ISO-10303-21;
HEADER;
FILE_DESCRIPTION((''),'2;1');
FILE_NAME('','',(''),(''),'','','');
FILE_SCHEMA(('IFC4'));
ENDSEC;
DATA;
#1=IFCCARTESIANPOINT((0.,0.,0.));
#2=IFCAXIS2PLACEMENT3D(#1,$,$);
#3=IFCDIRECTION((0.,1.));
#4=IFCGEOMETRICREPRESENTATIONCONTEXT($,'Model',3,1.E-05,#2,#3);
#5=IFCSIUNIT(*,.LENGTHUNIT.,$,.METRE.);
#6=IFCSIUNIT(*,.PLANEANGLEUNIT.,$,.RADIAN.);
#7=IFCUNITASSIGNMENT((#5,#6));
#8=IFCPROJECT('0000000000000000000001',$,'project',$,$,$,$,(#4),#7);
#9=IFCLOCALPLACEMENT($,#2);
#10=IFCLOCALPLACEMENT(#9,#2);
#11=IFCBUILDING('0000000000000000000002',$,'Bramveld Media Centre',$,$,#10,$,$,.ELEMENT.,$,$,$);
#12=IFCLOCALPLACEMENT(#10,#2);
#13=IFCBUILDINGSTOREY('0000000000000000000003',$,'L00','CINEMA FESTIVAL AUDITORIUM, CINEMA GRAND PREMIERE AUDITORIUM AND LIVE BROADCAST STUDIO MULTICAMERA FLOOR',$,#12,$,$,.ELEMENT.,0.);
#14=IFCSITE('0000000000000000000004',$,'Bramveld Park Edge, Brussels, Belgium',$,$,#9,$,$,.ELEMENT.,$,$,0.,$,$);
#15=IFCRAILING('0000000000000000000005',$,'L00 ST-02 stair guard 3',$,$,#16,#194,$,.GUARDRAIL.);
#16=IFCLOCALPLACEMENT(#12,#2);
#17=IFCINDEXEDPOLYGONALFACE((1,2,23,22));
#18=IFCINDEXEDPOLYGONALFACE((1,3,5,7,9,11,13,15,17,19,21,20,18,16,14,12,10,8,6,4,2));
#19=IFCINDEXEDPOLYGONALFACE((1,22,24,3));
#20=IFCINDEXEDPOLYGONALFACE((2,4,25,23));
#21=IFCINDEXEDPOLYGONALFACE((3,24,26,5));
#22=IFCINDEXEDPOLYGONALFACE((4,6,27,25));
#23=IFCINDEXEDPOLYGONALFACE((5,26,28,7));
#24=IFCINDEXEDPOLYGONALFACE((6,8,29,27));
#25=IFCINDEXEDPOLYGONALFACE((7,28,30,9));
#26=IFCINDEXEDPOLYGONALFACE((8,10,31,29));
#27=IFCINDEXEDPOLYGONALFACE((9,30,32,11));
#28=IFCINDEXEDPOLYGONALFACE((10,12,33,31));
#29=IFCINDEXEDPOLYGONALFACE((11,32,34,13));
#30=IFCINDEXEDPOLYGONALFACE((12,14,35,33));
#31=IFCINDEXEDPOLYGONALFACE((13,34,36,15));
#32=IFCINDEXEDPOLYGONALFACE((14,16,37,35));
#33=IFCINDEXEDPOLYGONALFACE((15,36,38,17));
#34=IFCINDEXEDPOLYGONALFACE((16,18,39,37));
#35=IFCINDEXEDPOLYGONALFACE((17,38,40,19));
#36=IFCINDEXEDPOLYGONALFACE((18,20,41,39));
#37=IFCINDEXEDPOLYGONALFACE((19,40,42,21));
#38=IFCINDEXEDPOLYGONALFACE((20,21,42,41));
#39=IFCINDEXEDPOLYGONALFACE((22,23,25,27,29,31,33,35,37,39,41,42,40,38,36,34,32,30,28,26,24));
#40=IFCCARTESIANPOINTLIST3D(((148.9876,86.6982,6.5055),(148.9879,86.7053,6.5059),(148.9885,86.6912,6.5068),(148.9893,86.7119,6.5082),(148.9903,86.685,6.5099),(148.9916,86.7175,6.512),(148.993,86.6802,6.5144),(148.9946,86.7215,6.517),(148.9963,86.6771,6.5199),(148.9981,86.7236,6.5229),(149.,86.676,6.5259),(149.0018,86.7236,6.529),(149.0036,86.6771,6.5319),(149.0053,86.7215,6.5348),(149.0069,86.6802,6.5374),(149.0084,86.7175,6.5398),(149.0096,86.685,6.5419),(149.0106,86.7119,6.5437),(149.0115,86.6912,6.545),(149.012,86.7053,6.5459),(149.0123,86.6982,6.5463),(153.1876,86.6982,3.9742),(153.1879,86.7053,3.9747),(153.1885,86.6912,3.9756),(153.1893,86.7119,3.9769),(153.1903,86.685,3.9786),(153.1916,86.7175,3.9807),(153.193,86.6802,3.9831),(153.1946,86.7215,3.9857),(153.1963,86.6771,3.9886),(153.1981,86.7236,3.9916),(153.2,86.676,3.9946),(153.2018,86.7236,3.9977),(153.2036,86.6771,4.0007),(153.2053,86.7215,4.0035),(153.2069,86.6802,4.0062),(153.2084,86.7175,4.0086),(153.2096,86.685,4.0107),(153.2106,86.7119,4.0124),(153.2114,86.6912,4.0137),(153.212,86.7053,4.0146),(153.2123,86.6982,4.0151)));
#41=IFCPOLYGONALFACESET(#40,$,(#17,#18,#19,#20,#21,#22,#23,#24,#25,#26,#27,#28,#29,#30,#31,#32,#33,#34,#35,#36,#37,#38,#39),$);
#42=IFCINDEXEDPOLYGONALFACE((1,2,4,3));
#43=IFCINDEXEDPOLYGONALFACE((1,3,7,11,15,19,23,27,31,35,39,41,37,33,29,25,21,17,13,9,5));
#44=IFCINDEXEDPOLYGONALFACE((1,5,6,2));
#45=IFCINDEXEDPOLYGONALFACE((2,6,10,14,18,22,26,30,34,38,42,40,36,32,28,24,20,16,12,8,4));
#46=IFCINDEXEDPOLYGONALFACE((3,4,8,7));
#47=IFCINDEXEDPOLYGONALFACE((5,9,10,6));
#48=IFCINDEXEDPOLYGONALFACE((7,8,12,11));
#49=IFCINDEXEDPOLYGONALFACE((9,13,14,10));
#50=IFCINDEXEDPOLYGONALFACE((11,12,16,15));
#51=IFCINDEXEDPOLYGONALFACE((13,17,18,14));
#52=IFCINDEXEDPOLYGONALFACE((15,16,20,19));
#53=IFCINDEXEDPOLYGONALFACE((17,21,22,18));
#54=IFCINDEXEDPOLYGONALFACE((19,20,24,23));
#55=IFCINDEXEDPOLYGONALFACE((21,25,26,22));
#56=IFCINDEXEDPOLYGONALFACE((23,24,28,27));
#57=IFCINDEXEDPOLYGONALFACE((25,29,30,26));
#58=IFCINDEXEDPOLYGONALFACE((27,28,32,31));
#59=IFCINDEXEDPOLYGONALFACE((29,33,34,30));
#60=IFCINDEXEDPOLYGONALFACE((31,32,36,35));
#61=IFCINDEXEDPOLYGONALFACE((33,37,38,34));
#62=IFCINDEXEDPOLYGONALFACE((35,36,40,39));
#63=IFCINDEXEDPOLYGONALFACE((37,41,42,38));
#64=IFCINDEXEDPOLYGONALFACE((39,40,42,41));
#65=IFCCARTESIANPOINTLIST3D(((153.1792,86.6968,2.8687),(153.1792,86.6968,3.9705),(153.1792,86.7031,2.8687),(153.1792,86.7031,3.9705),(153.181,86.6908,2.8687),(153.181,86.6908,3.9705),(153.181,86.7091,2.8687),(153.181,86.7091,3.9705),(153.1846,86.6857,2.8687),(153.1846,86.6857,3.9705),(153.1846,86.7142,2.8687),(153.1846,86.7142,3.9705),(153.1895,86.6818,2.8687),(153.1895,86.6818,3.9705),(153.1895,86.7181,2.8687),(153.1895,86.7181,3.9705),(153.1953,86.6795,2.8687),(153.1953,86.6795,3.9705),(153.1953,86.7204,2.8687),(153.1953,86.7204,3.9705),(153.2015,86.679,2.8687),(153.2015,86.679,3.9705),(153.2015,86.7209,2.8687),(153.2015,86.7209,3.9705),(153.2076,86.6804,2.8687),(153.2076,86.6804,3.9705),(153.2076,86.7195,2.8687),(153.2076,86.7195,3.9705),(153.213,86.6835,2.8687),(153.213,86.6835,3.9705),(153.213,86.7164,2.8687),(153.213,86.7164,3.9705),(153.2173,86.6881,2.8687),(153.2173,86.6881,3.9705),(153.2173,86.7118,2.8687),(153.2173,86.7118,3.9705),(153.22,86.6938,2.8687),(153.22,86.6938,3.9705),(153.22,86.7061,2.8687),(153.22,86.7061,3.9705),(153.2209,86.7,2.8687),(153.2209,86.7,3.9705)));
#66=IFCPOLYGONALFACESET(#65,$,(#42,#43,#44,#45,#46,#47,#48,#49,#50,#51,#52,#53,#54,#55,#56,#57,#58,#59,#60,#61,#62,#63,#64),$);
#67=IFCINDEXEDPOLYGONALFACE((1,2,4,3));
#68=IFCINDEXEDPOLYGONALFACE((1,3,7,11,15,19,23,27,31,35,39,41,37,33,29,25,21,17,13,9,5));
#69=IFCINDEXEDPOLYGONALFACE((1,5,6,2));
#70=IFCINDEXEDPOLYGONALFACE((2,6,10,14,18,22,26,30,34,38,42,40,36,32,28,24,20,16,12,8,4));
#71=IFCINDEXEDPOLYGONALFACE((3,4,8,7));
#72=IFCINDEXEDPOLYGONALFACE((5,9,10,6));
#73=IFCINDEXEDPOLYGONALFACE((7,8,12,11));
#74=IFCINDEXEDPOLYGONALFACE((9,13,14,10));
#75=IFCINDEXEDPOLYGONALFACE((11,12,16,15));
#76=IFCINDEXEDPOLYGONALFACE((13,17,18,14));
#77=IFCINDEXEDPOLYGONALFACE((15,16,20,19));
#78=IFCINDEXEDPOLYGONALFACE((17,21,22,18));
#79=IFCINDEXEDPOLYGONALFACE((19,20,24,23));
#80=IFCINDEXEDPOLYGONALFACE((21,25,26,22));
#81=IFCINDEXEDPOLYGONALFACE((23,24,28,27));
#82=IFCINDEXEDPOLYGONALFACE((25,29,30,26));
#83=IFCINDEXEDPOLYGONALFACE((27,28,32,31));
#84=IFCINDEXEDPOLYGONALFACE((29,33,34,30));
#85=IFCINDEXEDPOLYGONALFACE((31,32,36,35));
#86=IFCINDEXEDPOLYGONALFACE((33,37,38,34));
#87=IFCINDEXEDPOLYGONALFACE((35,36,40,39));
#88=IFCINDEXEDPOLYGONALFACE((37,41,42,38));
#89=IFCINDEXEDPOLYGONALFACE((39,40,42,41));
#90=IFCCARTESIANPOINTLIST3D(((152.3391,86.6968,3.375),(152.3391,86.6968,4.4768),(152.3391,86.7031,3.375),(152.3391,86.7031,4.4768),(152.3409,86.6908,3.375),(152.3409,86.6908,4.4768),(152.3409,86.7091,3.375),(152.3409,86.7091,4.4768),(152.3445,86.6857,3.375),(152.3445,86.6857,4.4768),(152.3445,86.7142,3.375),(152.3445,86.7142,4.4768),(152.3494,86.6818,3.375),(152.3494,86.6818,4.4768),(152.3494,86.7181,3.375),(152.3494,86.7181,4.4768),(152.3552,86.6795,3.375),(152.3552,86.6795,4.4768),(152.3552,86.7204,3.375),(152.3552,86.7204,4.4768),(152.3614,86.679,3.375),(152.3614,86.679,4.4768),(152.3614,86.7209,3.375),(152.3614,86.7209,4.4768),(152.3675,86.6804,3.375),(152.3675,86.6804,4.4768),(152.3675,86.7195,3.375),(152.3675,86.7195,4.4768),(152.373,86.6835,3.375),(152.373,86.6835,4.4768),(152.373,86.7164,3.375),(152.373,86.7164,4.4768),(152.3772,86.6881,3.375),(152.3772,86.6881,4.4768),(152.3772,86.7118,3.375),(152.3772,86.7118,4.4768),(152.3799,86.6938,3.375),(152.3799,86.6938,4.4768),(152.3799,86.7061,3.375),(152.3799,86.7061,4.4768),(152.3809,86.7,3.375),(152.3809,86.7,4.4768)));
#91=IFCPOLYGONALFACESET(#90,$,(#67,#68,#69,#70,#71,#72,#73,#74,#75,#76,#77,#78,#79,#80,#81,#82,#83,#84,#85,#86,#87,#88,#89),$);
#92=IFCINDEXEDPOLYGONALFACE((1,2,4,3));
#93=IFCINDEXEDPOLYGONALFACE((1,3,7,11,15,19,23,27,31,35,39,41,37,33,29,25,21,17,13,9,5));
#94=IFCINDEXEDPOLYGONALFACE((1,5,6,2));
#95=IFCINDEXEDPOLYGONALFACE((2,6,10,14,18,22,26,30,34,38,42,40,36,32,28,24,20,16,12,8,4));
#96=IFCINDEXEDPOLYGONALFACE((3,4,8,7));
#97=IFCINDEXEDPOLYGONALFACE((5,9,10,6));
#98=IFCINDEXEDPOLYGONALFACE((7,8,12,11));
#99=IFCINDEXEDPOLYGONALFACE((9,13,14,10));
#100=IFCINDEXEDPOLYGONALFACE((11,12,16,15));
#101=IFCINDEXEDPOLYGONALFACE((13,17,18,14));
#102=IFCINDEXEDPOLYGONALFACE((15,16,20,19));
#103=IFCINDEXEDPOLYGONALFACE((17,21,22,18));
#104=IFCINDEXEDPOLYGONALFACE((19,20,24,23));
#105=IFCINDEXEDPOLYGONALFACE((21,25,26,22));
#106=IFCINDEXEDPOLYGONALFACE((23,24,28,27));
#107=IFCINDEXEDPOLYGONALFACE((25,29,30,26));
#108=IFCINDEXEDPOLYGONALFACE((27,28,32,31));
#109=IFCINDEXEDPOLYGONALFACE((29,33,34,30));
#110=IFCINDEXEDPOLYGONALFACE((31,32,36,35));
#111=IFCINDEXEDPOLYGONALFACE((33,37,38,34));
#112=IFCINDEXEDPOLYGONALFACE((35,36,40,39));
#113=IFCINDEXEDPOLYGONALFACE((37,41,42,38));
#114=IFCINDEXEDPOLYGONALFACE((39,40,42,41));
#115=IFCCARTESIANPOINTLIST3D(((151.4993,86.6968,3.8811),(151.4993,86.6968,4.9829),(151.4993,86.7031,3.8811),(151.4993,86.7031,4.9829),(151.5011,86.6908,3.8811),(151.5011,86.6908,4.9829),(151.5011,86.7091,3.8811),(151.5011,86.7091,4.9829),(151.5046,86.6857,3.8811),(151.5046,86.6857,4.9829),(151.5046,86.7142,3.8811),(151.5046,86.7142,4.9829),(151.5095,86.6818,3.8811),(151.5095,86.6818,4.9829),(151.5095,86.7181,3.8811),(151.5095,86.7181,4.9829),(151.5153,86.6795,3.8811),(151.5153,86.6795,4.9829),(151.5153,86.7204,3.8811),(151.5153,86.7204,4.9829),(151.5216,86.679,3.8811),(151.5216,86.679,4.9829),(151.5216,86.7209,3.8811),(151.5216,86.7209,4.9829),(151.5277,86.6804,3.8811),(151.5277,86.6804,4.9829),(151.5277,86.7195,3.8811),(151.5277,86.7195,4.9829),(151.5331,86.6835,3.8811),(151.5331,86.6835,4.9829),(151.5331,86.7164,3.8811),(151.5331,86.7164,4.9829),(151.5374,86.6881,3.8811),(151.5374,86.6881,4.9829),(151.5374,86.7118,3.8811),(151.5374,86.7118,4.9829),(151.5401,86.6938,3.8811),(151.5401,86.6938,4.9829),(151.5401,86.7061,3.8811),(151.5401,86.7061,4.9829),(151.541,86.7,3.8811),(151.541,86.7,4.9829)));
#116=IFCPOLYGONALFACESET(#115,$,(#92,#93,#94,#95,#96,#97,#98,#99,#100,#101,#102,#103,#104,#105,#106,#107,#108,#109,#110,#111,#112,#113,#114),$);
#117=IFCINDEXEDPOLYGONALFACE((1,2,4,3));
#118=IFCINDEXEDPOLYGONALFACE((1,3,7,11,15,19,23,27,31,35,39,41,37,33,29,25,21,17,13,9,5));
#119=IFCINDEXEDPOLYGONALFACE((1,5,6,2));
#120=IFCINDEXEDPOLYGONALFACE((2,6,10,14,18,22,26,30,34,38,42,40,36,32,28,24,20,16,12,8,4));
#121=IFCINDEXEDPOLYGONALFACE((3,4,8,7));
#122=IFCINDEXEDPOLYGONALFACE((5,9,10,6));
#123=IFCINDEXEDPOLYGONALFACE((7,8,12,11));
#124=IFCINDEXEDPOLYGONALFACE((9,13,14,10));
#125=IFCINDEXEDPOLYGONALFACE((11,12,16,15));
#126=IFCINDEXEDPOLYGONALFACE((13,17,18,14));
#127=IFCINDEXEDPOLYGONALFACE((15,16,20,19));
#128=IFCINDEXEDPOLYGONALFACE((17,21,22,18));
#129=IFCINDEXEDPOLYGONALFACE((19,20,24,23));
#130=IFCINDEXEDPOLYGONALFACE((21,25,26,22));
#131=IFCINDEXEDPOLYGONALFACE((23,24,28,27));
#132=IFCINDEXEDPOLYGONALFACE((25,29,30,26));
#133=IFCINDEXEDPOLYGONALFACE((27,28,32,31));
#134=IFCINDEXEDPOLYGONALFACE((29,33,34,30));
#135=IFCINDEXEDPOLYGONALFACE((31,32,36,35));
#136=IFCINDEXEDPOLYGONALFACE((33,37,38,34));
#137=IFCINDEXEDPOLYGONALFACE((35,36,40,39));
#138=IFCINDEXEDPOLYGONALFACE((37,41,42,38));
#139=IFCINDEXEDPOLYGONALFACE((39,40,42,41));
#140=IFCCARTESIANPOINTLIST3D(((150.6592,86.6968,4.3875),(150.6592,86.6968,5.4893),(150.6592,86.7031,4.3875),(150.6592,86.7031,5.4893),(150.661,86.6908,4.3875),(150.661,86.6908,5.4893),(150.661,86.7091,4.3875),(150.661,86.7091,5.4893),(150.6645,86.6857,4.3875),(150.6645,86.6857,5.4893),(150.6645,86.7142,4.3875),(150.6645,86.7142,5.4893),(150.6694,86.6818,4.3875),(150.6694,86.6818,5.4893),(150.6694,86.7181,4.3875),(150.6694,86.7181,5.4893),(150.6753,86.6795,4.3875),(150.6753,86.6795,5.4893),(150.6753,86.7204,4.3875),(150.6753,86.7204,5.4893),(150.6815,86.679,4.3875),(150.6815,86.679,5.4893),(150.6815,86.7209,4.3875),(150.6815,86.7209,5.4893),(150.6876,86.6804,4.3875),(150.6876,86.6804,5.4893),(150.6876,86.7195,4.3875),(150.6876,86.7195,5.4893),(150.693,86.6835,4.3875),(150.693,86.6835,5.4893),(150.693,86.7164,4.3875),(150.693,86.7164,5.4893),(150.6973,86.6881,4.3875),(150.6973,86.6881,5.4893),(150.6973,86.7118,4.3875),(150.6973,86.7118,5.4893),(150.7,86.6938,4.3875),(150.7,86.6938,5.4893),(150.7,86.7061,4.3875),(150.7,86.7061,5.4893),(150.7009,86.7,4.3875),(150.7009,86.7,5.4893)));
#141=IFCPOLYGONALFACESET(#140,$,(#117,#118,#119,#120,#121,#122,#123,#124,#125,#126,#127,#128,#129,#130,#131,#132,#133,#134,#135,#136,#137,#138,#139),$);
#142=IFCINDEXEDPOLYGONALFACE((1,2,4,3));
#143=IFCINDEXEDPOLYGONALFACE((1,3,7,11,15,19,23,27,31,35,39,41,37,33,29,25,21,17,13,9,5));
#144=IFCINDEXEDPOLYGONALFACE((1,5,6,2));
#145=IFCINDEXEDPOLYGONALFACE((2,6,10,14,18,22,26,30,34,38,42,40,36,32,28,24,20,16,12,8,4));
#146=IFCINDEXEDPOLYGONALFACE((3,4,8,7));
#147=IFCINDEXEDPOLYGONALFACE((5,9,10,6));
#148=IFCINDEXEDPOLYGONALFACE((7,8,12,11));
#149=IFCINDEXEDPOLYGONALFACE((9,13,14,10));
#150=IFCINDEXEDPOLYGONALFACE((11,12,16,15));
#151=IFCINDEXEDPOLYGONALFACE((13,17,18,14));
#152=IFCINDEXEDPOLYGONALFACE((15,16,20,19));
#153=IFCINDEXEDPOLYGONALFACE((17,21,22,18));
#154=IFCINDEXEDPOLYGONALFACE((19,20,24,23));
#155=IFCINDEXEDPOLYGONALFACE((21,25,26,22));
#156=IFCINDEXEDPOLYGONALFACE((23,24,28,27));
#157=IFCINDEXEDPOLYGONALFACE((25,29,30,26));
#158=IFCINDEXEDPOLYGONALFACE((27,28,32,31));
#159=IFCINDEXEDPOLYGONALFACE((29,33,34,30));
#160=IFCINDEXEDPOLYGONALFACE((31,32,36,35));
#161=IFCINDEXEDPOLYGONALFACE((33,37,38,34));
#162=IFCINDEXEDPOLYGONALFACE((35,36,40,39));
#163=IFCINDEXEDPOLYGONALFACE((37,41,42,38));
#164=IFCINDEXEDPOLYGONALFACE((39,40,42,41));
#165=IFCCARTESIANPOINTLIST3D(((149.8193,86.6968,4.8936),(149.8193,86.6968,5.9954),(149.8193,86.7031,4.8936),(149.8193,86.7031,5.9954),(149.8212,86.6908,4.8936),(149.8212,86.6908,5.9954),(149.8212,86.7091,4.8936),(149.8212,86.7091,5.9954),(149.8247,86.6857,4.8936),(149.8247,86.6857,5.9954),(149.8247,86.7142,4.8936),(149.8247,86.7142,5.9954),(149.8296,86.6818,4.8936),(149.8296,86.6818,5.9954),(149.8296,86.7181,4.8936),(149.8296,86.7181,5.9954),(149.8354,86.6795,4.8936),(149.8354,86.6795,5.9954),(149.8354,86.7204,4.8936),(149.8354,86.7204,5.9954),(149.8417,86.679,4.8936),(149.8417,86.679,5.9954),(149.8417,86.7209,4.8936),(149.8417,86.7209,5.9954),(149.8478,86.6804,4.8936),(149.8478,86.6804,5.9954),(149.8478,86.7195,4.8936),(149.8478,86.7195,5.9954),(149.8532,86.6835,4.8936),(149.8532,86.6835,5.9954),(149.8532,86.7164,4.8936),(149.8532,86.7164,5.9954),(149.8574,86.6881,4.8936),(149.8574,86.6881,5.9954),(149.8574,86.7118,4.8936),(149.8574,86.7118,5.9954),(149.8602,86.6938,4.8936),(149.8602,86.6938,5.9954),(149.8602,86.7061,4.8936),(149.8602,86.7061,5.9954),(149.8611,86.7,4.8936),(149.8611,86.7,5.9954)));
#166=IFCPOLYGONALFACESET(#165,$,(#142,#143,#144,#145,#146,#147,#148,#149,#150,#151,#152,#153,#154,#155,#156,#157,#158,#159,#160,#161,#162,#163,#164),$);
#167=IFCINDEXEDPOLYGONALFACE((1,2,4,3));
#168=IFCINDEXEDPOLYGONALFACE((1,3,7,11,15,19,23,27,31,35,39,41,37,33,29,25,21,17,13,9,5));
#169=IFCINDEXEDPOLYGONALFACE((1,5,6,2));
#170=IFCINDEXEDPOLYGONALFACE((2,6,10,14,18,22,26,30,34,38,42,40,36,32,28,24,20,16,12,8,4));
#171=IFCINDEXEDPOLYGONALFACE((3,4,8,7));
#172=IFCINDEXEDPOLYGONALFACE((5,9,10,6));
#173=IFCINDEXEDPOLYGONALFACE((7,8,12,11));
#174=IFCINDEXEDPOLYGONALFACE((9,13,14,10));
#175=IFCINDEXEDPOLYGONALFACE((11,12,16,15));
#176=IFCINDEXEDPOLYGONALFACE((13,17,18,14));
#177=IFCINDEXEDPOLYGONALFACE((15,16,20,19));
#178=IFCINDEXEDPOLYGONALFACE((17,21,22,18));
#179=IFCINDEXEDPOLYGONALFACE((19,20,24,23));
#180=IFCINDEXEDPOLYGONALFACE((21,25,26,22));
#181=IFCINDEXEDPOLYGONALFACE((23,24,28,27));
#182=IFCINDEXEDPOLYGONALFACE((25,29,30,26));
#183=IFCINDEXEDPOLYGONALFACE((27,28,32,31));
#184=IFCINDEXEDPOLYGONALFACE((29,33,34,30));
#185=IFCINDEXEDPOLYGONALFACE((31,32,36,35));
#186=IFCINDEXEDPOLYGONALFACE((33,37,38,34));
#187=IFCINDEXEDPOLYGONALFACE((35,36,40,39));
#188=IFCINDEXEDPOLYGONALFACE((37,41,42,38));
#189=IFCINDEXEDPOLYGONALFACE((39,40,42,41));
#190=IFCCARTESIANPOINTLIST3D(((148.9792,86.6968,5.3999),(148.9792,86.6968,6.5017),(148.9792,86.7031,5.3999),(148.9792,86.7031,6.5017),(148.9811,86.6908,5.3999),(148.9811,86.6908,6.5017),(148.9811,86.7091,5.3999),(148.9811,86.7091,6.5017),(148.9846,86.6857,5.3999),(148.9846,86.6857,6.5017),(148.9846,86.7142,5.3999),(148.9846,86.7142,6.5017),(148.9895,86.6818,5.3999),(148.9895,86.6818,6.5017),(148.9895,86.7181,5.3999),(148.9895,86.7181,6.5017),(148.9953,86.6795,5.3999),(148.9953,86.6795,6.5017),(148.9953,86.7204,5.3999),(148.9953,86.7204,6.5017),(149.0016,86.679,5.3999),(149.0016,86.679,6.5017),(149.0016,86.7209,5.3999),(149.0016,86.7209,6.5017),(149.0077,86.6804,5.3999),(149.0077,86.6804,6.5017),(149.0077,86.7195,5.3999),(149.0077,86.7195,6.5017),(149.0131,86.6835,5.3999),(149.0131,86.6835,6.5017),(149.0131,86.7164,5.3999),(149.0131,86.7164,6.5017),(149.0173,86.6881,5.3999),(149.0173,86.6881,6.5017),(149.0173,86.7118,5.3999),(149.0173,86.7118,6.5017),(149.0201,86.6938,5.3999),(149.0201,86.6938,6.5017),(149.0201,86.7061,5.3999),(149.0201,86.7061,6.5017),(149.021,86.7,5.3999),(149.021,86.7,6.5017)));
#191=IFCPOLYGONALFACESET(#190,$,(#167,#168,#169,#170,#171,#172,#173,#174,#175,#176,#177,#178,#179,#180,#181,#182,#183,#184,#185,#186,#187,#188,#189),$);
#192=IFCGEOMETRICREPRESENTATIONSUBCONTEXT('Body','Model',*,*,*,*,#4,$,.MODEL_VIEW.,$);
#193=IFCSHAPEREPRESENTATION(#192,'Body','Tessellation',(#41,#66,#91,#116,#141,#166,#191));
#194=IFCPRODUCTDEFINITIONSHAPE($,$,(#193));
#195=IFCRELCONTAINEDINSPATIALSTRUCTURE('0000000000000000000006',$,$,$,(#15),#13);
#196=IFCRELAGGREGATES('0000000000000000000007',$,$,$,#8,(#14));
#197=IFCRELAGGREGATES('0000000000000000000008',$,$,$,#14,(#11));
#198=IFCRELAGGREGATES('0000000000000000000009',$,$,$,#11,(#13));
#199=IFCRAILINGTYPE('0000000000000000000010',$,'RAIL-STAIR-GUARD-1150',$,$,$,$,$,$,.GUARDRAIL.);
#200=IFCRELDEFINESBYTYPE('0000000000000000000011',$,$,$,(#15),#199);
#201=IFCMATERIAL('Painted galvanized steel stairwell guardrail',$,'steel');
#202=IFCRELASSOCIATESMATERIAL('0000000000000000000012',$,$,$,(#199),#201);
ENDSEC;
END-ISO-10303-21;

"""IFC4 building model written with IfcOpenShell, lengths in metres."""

from ifc_helpers import new_model, si_unit, direction, frame, origin, origin_2d, place, context, subcontext, project, spatial, circle, extrude, material, type_object, element, save


model = new_model("IFC4")

# Units and contexts
model_context = context("Model", 3, precision=1e-05, world=origin(), true_north=direction((0.0, 1.0)))
body_context = subcontext(model_context, "Body", "Model", "MODEL_VIEW")
ifc_project = project(units=[si_unit("LENGTHUNIT", "METRE"), si_unit("PLANEANGLEUNIT", "RADIAN")], contexts=[model_context])

# Site, building, storey
site_placement = place(None, origin())
site = spatial("IfcSite", under=ifc_project, at=site_placement, Name="Bramveld Park Edge, Brussels, Belgium", CompositionType="ELEMENT", RefElevation=0.0)
building_placement = place(site_placement, origin())
building = spatial("IfcBuilding", under=site, at=building_placement, Name="Bramveld Media Centre", CompositionType="ELEMENT")
storey_placement = place(building_placement, origin())
storey = spatial("IfcBuildingStorey", under=building, at=storey_placement, Name="L00", Description="CINEMA FESTIVAL AUDITORIUM, CINEMA GRAND PREMIERE AUDITORIUM AND LIVE BROADCAST STUDIO MULTICAMERA FLOOR", CompositionType="ELEMENT", Elevation=0.0)

# Railing
ifc_material_1 = material(Name="Painted galvanized steel stairwell guardrail", Category="steel")
railing_type_1 = type_object("IfcRailingType", Name="RAIL-STAIR-GUARD-1150", PredefinedType="GUARDRAIL", material=ifc_material_1)
railing_1_placement = place(storey_placement, frame((153.2, 86.7, 2.8687)))
element("IfcRailing", 1, at=railing_1_placement, inside=storey, type_object=railing_type_1, Name="L00 ST-02 stair guard 3", PredefinedType="GUARDRAIL", context=body_context, shape_type="SweptSolid", body=[
    extrude(circle(Radius=0.0239, at=origin_2d()), frame((0.0, 0.0, 1.126), z_axis=(-0.856476, 0.0, 0.516186), x_axis=(0.0, -1.0, 0.0)), (0.0, 0.0, 1.0), 4.9038),
    extrude(circle(Radius=0.021, at=origin_2d()), origin(), (0.0, 0.0, 1.0), 1.1018),
    extrude(circle(Radius=0.021, at=origin_2d()), frame((-0.8401, 0.0, 0.5063)), (0.0, 0.0, 1.0), 1.1018),
    extrude(circle(Radius=0.021, at=origin_2d()), frame((-1.6799, 0.0, 1.0125)), (0.0, 0.0, 1.0), 1.1018),
    extrude(circle(Radius=0.021, at=origin_2d()), frame((-2.52, 0.0, 1.5188)), (0.0, 0.0, 1.0), 1.1018),
    extrude(circle(Radius=0.021, at=origin_2d()), frame((-3.3599, 0.0, 2.0249)), (0.0, 0.0, 1.0), 1.1018),
    extrude(circle(Radius=0.021, at=origin_2d()), frame((-4.2, 0.0, 2.5312)), (0.0, 0.0, 1.0), 1.1018),
])

save(model, "model.ifc")
